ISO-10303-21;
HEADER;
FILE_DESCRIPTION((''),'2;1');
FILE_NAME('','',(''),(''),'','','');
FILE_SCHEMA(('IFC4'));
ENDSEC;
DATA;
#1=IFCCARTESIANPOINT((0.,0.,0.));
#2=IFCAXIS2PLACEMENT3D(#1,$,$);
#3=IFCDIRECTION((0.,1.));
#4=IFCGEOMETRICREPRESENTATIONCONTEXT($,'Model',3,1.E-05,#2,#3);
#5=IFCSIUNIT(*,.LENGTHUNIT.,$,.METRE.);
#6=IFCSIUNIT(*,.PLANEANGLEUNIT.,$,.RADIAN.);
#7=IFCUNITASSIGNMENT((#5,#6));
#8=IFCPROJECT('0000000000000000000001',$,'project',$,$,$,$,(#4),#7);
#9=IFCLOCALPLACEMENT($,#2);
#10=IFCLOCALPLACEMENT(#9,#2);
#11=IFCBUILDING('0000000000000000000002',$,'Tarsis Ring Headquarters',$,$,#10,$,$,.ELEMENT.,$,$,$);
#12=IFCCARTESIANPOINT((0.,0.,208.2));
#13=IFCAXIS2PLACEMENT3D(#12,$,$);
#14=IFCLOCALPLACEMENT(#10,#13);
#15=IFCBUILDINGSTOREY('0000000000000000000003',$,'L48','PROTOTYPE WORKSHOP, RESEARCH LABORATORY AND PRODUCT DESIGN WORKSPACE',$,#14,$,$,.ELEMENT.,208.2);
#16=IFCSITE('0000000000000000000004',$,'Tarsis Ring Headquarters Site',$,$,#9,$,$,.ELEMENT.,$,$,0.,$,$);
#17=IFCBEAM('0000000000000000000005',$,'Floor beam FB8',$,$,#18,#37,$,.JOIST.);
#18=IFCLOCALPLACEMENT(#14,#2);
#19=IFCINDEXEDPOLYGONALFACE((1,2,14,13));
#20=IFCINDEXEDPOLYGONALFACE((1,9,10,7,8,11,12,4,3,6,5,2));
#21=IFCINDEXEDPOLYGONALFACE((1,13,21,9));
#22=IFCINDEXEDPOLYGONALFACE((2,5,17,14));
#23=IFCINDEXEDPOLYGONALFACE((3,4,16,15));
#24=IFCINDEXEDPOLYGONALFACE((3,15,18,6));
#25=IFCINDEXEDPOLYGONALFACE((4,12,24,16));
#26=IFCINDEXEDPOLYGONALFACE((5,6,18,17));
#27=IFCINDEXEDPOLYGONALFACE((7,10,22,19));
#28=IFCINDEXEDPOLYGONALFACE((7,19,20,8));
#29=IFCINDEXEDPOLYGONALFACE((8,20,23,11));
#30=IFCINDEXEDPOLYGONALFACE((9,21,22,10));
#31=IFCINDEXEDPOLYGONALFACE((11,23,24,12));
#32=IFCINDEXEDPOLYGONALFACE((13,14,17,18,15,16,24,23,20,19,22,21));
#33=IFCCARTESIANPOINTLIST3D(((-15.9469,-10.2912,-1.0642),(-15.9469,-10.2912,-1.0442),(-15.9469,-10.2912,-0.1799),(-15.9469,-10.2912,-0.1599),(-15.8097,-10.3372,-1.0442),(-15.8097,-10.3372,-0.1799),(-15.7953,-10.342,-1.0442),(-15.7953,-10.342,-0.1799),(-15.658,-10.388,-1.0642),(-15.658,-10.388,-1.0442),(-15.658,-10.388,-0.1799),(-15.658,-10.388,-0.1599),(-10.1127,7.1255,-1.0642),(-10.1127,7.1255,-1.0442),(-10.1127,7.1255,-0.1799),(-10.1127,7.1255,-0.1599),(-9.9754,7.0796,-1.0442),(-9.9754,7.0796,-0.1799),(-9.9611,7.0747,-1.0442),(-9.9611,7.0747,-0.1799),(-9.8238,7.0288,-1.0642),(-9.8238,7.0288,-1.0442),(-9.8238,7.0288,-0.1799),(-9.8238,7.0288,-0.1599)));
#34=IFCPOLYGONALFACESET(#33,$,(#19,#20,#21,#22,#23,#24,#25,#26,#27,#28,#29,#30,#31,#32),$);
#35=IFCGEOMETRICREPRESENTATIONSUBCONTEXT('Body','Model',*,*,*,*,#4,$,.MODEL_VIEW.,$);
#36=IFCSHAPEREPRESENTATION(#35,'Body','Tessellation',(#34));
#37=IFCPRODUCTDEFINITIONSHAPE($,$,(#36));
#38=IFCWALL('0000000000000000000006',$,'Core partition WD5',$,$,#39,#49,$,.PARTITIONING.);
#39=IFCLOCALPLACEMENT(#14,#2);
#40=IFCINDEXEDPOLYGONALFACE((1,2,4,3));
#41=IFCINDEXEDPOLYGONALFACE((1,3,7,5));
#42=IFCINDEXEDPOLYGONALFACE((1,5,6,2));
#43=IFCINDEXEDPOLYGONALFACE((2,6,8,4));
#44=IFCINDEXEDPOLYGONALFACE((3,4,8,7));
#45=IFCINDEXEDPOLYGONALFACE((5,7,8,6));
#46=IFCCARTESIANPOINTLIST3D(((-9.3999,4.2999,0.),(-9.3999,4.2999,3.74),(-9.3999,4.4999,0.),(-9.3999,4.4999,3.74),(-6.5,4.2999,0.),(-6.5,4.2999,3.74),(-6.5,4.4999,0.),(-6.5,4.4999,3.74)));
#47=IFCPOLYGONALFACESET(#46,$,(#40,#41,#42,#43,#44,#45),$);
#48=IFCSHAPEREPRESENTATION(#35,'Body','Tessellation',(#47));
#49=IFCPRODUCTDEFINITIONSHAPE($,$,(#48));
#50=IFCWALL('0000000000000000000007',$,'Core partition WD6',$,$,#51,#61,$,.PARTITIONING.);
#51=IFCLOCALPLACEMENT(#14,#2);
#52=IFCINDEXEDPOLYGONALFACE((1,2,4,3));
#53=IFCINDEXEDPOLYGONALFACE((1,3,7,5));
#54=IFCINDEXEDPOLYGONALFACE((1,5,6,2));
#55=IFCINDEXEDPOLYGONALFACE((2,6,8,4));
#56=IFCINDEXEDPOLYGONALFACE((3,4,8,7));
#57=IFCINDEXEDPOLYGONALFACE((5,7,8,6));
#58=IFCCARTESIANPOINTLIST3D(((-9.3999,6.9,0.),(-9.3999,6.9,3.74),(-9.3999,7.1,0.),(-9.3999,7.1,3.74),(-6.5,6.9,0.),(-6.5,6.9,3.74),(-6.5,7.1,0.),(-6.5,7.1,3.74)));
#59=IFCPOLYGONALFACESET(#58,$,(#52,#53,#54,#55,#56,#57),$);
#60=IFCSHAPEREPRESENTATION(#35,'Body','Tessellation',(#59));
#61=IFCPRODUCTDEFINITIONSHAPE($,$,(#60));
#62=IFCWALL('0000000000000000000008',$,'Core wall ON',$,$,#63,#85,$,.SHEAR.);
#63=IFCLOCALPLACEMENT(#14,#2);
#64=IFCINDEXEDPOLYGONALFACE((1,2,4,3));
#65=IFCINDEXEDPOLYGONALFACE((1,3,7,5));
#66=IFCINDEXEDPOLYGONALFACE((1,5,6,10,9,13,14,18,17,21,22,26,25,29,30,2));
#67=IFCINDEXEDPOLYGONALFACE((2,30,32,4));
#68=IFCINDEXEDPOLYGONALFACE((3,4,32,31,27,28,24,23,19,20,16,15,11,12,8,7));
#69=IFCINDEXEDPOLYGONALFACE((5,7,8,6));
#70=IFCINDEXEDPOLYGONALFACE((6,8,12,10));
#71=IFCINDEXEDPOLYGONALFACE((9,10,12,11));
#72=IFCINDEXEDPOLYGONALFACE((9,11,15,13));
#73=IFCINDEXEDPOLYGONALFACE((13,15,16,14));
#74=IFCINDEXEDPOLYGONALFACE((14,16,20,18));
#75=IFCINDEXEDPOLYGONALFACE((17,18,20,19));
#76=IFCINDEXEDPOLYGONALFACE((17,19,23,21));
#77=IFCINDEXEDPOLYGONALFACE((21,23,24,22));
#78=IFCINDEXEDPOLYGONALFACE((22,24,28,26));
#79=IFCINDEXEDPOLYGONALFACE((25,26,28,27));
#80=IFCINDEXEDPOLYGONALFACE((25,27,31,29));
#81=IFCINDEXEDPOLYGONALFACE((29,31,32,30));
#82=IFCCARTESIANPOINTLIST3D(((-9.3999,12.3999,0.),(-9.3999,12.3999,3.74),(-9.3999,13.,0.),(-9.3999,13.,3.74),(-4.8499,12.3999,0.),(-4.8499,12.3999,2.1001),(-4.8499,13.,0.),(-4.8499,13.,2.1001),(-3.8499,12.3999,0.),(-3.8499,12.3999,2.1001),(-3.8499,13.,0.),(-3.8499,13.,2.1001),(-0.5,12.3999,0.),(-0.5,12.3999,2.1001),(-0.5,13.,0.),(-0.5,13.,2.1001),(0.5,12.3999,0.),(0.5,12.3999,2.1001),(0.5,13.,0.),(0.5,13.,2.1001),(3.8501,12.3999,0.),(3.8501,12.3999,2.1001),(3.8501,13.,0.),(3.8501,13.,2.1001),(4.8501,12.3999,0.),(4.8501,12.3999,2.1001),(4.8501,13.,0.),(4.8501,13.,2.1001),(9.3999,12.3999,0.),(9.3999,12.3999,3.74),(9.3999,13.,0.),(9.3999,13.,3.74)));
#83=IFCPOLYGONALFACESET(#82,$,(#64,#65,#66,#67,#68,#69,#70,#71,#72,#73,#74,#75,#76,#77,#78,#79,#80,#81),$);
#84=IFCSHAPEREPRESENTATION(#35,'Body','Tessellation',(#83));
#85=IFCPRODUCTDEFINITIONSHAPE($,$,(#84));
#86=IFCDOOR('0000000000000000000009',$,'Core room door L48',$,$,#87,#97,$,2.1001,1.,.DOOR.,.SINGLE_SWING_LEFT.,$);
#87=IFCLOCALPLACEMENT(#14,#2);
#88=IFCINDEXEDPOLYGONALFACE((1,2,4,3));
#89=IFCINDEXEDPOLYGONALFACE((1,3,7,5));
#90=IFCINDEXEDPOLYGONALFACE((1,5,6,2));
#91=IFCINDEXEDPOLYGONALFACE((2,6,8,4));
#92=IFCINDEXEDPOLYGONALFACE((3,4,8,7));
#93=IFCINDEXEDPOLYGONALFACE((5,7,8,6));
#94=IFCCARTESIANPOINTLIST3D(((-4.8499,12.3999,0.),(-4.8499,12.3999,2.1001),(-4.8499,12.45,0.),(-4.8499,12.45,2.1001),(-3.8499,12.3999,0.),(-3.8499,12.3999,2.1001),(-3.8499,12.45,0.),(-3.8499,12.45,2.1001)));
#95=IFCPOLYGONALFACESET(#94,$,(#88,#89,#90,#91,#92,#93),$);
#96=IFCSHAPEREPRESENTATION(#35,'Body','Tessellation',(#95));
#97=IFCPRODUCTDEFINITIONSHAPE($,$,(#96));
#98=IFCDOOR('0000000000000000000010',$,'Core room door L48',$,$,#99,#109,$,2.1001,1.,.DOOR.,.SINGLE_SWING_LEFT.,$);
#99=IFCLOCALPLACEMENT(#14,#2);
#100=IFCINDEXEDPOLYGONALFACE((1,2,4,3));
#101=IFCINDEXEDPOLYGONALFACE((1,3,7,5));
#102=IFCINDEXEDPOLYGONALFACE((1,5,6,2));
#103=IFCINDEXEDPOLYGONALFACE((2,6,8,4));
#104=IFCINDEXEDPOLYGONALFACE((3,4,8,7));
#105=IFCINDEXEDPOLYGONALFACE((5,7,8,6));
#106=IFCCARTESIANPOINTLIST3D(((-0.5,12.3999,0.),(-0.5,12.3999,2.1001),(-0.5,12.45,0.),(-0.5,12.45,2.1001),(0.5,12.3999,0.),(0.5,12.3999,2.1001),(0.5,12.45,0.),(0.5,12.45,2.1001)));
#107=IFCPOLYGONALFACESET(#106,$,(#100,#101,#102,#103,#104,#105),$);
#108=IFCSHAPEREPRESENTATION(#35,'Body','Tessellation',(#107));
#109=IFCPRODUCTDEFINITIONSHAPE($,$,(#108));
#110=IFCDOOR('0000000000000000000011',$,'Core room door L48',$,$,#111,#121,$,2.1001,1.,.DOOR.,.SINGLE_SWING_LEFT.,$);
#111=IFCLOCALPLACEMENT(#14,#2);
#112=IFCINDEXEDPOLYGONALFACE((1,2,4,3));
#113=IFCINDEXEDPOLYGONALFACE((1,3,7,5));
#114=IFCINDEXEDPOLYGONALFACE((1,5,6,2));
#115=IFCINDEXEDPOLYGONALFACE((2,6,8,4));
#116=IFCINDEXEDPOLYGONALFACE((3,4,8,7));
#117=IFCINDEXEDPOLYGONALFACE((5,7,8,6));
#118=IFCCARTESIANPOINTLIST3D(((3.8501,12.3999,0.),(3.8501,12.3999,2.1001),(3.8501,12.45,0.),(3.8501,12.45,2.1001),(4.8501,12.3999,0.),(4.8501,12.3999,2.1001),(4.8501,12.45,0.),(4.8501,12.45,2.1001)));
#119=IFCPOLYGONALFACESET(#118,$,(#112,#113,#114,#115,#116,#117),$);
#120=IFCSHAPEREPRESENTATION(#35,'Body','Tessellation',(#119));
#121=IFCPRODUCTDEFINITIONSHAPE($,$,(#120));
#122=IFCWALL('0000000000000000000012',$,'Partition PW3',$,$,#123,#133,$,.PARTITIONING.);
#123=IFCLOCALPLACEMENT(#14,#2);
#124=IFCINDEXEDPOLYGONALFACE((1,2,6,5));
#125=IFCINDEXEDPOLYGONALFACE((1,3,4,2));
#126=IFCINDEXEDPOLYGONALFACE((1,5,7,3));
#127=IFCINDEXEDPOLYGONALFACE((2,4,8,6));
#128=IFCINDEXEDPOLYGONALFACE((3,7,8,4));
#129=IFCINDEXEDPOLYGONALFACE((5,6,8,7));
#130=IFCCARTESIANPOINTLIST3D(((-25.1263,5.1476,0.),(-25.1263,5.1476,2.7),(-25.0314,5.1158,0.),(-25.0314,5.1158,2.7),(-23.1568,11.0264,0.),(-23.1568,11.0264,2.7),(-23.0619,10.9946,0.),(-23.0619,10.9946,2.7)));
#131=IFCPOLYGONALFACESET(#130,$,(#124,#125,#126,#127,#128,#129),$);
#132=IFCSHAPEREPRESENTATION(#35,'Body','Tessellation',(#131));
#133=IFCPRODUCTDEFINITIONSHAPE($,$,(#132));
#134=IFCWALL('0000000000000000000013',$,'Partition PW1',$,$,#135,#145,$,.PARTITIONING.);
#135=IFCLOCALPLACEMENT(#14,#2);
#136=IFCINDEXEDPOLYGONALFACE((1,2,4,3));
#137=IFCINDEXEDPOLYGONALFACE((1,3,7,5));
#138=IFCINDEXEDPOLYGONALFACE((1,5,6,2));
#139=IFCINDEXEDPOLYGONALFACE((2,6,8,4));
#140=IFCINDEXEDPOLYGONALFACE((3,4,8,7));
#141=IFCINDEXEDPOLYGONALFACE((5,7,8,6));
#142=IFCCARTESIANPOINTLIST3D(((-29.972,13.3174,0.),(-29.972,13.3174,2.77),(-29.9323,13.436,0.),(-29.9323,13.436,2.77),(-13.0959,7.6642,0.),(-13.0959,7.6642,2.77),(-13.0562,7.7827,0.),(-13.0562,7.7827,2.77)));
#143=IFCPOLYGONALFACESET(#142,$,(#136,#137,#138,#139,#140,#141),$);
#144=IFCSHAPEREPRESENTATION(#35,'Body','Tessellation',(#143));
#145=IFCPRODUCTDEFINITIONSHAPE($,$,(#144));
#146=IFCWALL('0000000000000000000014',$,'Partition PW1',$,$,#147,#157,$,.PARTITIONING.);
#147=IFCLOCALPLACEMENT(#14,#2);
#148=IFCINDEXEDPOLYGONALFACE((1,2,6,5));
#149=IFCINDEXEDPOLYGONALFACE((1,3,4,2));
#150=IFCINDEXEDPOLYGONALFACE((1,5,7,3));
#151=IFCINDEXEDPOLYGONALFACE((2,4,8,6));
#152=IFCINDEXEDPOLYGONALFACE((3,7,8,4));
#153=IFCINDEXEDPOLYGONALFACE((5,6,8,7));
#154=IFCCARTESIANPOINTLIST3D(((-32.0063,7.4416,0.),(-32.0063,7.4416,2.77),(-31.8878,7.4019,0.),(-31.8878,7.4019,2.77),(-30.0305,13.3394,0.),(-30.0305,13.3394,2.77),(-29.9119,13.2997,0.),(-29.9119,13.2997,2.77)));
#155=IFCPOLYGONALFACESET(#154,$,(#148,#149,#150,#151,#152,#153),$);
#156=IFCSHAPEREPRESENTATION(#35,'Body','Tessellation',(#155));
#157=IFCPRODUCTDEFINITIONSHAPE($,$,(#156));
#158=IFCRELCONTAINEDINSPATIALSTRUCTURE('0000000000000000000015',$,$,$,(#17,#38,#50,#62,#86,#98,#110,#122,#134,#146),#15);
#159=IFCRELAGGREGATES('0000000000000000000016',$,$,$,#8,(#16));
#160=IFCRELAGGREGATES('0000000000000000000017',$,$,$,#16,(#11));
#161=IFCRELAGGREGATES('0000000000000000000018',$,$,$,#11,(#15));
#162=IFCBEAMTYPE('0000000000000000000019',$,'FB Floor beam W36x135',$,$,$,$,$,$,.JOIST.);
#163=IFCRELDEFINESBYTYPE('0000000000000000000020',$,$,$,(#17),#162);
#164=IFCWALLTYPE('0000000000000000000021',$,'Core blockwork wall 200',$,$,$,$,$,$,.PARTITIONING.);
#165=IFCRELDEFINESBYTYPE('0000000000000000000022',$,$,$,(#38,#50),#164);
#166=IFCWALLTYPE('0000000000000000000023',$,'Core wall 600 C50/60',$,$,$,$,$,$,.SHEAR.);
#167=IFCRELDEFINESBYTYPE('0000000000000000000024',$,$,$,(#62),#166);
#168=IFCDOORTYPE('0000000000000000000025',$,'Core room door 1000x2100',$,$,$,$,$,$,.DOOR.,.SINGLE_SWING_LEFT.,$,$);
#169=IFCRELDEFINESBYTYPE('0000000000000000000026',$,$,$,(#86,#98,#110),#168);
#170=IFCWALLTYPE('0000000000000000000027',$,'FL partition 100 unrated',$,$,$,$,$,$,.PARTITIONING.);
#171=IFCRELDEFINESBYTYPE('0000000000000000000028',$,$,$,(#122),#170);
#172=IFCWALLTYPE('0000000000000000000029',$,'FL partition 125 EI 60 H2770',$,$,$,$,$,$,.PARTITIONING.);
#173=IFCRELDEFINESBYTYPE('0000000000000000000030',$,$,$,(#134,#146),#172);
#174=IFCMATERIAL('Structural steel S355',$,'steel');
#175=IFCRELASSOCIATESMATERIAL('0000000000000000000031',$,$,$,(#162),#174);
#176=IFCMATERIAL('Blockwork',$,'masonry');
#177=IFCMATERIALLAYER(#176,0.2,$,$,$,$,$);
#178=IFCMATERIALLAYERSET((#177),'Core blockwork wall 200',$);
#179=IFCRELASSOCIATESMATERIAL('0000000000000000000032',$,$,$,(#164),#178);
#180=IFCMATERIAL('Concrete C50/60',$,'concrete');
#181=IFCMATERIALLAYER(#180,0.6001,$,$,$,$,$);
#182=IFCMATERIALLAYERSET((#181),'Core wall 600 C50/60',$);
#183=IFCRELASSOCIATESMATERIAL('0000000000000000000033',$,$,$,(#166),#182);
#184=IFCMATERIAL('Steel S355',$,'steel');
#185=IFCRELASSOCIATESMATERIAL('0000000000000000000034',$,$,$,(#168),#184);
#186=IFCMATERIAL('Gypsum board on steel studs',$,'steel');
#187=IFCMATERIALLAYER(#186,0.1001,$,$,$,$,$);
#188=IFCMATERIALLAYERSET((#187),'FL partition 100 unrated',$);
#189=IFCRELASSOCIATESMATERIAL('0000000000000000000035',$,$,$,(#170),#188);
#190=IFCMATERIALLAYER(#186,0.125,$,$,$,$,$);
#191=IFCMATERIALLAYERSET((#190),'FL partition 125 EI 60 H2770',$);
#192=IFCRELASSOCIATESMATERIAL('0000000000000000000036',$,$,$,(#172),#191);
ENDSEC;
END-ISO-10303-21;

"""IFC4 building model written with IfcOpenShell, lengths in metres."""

from ifc_helpers import new_model, si_unit, direction, frame, frame_2d, origin, origin_2d, place, context, subcontext, project, spatial, rectangle, i_section, extrude, material, layer, layer_set, material_profile, profile_set, type_object, element, fill, save


model = new_model("IFC4")

# Units and contexts
model_context = context("Model", 3, precision=1e-05, world=origin(), true_north=direction((0.0, 1.0)))
body_context = subcontext(model_context, "Body", "Model", "MODEL_VIEW")
ifc_project = project(units=[si_unit("LENGTHUNIT", "METRE"), si_unit("PLANEANGLEUNIT", "RADIAN")], contexts=[model_context])

# Site, building, storey
site_placement = place(None, origin())
site = spatial("IfcSite", under=ifc_project, at=site_placement, Name="Tarsis Ring Headquarters Site", CompositionType="ELEMENT", RefElevation=0.0)
building_placement = place(site_placement, origin())
building = spatial("IfcBuilding", under=site, at=building_placement, Name="Tarsis Ring Headquarters", CompositionType="ELEMENT")
storey_placement = place(building_placement, frame((0.0, 0.0, 208.2)))
storey = spatial("IfcBuildingStorey", under=building, at=storey_placement, Name="L48", Description="PROTOTYPE WORKSHOP, RESEARCH LABORATORY AND PRODUCT DESIGN WORKSPACE", CompositionType="ELEMENT", Elevation=208.2)

# Beam
ifc_material_1 = material(Name="Structural steel S355", Category="steel")
ifc_material_profile = material_profile(ifc_material_1, i_section(OverallWidth=0.3047, OverallDepth=0.9043, WebThickness=0.0151, FlangeThickness=0.02, at=origin_2d()), Name="W36x135")
ifc_profile_set = profile_set([ifc_material_profile], Name="Structural steel S355")
beam_type = type_object("IfcBeamType", Name="FB Floor beam W36x135", PredefinedType="JOIST", material=ifc_profile_set)
beam_placement = place(storey_placement, frame((-9.9683, 7.0771, -0.6121), z_axis=(-0.317631, -0.948214, 0.0), x_axis=(0.948214, -0.317631, 0.0)))
element("IfcBeam", 1, at=beam_placement, inside=storey, type_object=beam_type, Name="Floor beam FB8", PredefinedType="JOIST", context=body_context, shape_type="SweptSolid", body=[
    extrude(i_section(OverallWidth=0.3047, OverallDepth=0.9043, WebThickness=0.0151, FlangeThickness=0.02, at=origin_2d()), origin(), (0.0, 0.0, 1.0), 18.3679),
])

# Walls
ifc_material_2 = material(Name="Blockwork", Category="masonry")
ifc_layer_1 = layer(ifc_material_2, 0.2)
ifc_layer_set_1 = layer_set([ifc_layer_1], Name="Core blockwork wall 200")
wall_type_1 = type_object("IfcWallType", Name="Core blockwork wall 200", PredefinedType="PARTITIONING", material=ifc_layer_set_1)
for number, where, z_axis, x_axis, name in (
    (2, (-9.3999, 4.3999, 0.0), (0.0, 0.0, 1.0), (1.0, 0.0, 0.0), "Core partition WD5"),
    (3, (-9.3999, 7.0, 0.0), (0.0, 0.0, 1.0), (1.0, 0.0, 0.0), "Core partition WD6"),
):
    element("IfcWall", number, at=place(storey_placement, frame(where, z_axis=z_axis, x_axis=x_axis)), inside=storey, type_object=wall_type_1, Name=name, PredefinedType="PARTITIONING", context=body_context, shape_type="SweptSolid", body=[
        extrude(rectangle(XDim=2.8999, YDim=0.2, at=frame_2d((1.45, 0.0))), origin(), (0.0, 0.0, 1.0), 3.74),
    ])

# Wall, openings, doors
ifc_material_3 = material(Name="Concrete C50/60", Category="concrete")
ifc_layer_2 = layer(ifc_material_3, 0.6001)
ifc_layer_set_2 = layer_set([ifc_layer_2], Name="Core wall 600 C50/60")
wall_type_2 = type_object("IfcWallType", Name="Core wall 600 C50/60", PredefinedType="SHEAR", material=ifc_layer_set_2)
wall_1_placement = place(storey_placement, frame((-9.3999, 12.7, 0.0), z_axis=(0.0, 0.0, 1.0), x_axis=(1.0, 0.0, 0.0)))
wall_1 = element("IfcWall", 4, at=wall_1_placement, inside=storey, type_object=wall_type_2, Name="Core wall ON", PredefinedType="SHEAR", context=body_context, shape_type="SweptSolid", body=[
    extrude(rectangle(XDim=18.7998, YDim=0.6001, at=frame_2d((9.3999, 0.0))), origin(), (0.0, 0.0, 1.0), 3.74),
])
opening_1_placement = place(wall_1_placement, frame((4.55, 0.0, 0.0)))
opening_1 = element("IfcOpeningElement", 5, at=opening_1_placement, cuts=wall_1, PredefinedType="OPENING", context=body_context, shape_type="SweptSolid", body=[
    extrude(rectangle(XDim=1.0, YDim=2.1001, at=frame_2d((0.5, 1.05))), frame((0.0, 0.3101, 0.0), z_axis=(0.0, -1.0, 0.0), x_axis=(1.0, 0.0, 0.0)), (0.0, 0.0, 1.0), 0.6201),
])
opening_2_placement = place(wall_1_placement, frame((8.8999, 0.0, 0.0)))
opening_2 = element("IfcOpeningElement", 6, at=opening_2_placement, cuts=wall_1, PredefinedType="OPENING", context=body_context, shape_type="SweptSolid", body=[
    extrude(rectangle(XDim=1.0, YDim=2.1001, at=frame_2d((0.5, 1.05))), frame((0.0, 0.3101, 0.0), z_axis=(0.0, -1.0, 0.0), x_axis=(1.0, 0.0, 0.0)), (0.0, 0.0, 1.0), 0.6201),
])
opening_3_placement = place(wall_1_placement, frame((13.25, 0.0, 0.0)))
opening_3 = element("IfcOpeningElement", 7, at=opening_3_placement, cuts=wall_1, PredefinedType="OPENING", context=body_context, shape_type="SweptSolid", body=[
    extrude(rectangle(XDim=1.0, YDim=2.1001, at=frame_2d((0.5, 1.05))), frame((0.0, 0.3101, 0.0), z_axis=(0.0, -1.0, 0.0), x_axis=(1.0, 0.0, 0.0)), (0.0, 0.0, 1.0), 0.6201),
])
ifc_material_4 = material(Name="Steel S355", Category="steel")
door_type_1 = type_object("IfcDoorType", Name="Core room door 1000x2100", OperationType="SINGLE_SWING_LEFT", PredefinedType="DOOR", material=ifc_material_4)
door_1_placement = place(opening_1_placement, origin())
door_1 = element("IfcDoor", 8, at=door_1_placement, inside=storey, type_object=door_type_1, Name="Core room door L48", OperationType="SINGLE_SWING_LEFT", OverallHeight=2.1001, OverallWidth=1.0, PredefinedType="DOOR", context=body_context, shape_type="SweptSolid", body=[
    extrude(rectangle(XDim=1.0, YDim=2.1001, at=frame_2d((0.5, 1.05))), frame((0.0, -0.25, 0.0), z_axis=(0.0, -1.0, 0.0), x_axis=(1.0, 0.0, 0.0)), (0.0, 0.0, 1.0), 0.05),
])
fill(opening_1, door_1)
door_2_placement = place(opening_2_placement, origin())
door_2 = element("IfcDoor", 9, at=door_2_placement, inside=storey, type_object=door_type_1, Name="Core room door L48", OperationType="SINGLE_SWING_LEFT", OverallHeight=2.1001, OverallWidth=1.0, PredefinedType="DOOR", context=body_context, shape_type="SweptSolid", body=[
    extrude(rectangle(XDim=1.0, YDim=2.1001, at=frame_2d((0.5, 1.05))), frame((0.0, -0.25, 0.0), z_axis=(0.0, -1.0, 0.0), x_axis=(1.0, 0.0, 0.0)), (0.0, 0.0, 1.0), 0.05),
])
fill(opening_2, door_2)
door_3_placement = place(opening_3_placement, origin())
door_3 = element("IfcDoor", 10, at=door_3_placement, inside=storey, type_object=door_type_1, Name="Core room door L48", OperationType="SINGLE_SWING_LEFT", OverallHeight=2.1001, OverallWidth=1.0, PredefinedType="DOOR", context=body_context, shape_type="SweptSolid", body=[
    extrude(rectangle(XDim=1.0, YDim=2.1001, at=frame_2d((0.5, 1.05))), frame((0.0, -0.25, 0.0), z_axis=(0.0, -1.0, 0.0), x_axis=(1.0, 0.0, 0.0)), (0.0, 0.0, 1.0), 0.05),
])
fill(opening_3, door_3)

# Walls
ifc_material_5 = material(Name="Gypsum board on steel studs", Category="steel")
ifc_layer_3 = layer(ifc_material_5, 0.1001)
ifc_layer_set_3 = layer_set([ifc_layer_3], Name="FL partition 100 unrated")
wall_type_3 = type_object("IfcWallType", Name="FL partition 100 unrated", PredefinedType="PARTITIONING", material=ifc_layer_set_3)
wall_2_placement = place(storey_placement, frame((-25.0789, 5.1316, 0.0), z_axis=(0.0, 0.0, 1.0), x_axis=(0.317657, 0.948206, 0.0)))
element("IfcWall", 11, at=wall_2_placement, inside=storey, type_object=wall_type_3, Name="Partition PW3", PredefinedType="PARTITIONING", context=body_context, shape_type="SweptSolid", body=[
    extrude(rectangle(XDim=6.2, YDim=0.1001, at=frame_2d((3.1001, 0.0))), origin(), (0.0, 0.0, 1.0), 2.7),
])
ifc_layer_4 = layer(ifc_material_5, 0.125)
ifc_layer_set_4 = layer_set([ifc_layer_4], Name="FL partition 125 EI 60 H2770")
wall_type_4 = type_object("IfcWallType", Name="FL partition 125 EI 60 H2770", PredefinedType="PARTITIONING", material=ifc_layer_set_4)
wall_3_placement = place(storey_placement, frame((-29.9521, 13.3767, 0.0), z_axis=(0.0, 0.0, 1.0), x_axis=(0.948212, -0.317639, 0.0)))
element("IfcWall", 12, at=wall_3_placement, inside=storey, type_object=wall_type_4, Name="Partition PW1", PredefinedType="PARTITIONING", context=body_context, shape_type="SweptSolid", body=[
    extrude(rectangle(XDim=17.7979, YDim=0.125, at=frame_2d((8.8989, 0.0))), origin(), (0.0, 0.0, 1.0), 2.77),
])
wall_4_placement = place(storey_placement, frame((-31.947, 7.4219, 0.0), z_axis=(0.0, 0.0, 1.0), x_axis=(0.317664, 0.948203, 0.0)))
element("IfcWall", 13, at=wall_4_placement, inside=storey, type_object=wall_type_4, Name="Partition PW1", PredefinedType="PARTITIONING", context=body_context, shape_type="SweptSolid", body=[
    extrude(rectangle(XDim=6.22, YDim=0.125, at=frame_2d((3.1099, 0.0))), origin(), (0.0, 0.0, 1.0), 2.77),
])

save(model, "model.ifc")
